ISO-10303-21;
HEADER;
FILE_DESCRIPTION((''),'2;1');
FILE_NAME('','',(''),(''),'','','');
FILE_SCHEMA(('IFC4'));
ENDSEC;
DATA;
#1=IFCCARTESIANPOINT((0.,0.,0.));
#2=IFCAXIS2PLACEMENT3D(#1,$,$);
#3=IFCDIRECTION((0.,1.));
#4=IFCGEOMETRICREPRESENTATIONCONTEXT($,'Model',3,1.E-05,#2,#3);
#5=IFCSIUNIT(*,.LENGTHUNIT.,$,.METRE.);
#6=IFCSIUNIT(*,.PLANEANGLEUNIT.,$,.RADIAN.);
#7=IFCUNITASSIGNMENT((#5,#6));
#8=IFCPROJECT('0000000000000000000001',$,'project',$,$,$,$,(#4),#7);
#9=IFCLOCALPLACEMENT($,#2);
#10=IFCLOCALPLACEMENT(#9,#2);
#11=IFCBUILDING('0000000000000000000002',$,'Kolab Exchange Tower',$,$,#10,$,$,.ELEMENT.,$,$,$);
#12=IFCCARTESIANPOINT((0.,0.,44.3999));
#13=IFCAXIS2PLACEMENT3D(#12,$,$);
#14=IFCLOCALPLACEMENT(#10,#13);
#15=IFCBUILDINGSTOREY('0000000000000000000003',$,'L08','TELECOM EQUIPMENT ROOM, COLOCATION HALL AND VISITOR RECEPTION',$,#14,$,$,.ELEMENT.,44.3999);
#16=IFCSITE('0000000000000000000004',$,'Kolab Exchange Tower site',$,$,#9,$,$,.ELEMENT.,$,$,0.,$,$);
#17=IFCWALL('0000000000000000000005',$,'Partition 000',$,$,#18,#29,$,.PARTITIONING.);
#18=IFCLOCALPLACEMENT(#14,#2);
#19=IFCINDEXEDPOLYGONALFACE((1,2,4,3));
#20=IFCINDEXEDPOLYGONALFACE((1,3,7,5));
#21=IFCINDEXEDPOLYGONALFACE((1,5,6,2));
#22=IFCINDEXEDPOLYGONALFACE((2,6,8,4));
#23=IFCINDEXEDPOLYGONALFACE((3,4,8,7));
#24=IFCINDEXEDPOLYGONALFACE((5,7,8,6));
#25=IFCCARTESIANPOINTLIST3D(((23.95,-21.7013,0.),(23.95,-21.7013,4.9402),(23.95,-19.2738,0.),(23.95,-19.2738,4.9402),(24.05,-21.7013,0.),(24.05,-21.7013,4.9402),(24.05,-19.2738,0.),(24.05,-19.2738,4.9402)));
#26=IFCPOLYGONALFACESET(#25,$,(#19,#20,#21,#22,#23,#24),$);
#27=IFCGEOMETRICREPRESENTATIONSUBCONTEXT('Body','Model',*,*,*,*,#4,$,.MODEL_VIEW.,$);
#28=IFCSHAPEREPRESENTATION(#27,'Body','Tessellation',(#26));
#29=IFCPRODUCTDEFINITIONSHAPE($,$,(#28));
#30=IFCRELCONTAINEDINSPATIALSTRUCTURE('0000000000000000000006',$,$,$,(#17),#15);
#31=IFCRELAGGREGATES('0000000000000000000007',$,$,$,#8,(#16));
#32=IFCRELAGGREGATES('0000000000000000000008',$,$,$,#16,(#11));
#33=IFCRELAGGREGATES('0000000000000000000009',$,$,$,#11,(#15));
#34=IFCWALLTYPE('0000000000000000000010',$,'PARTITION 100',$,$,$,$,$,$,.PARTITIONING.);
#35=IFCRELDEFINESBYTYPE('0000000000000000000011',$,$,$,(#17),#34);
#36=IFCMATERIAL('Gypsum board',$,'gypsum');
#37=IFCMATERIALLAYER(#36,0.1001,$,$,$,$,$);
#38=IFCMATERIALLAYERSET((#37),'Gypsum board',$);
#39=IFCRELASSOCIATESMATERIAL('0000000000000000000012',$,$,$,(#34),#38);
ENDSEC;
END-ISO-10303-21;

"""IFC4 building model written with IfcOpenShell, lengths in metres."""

from ifc_helpers import new_model, si_unit, direction, frame, frame_2d, origin, place, context, subcontext, project, spatial, rectangle, extrude, material, layer, layer_set, type_object, element, save


model = new_model("IFC4")

# Units and contexts
model_context = context("Model", 3, precision=1e-05, world=origin(), true_north=direction((0.0, 1.0)))
body_context = subcontext(model_context, "Body", "Model", "MODEL_VIEW")
ifc_project = project(units=[si_unit("LENGTHUNIT", "METRE"), si_unit("PLANEANGLEUNIT", "RADIAN")], contexts=[model_context])

# Site, building, storey
site_placement = place(None, origin())
site = spatial("IfcSite", under=ifc_project, at=site_placement, Name="Kolab Exchange Tower site", CompositionType="ELEMENT", RefElevation=0.0)
building_placement = place(site_placement, origin())
building = spatial("IfcBuilding", under=site, at=building_placement, Name="Kolab Exchange Tower", CompositionType="ELEMENT")
storey_placement = place(building_placement, frame((0.0, 0.0, 44.3999)))
storey = spatial("IfcBuildingStorey", under=building, at=storey_placement, Name="L08", Description="TELECOM EQUIPMENT ROOM, COLOCATION HALL AND VISITOR RECEPTION", CompositionType="ELEMENT", Elevation=44.3999)

# Wall
ifc_material_1 = material(Name="Gypsum board", Category="gypsum")
ifc_layer_1 = layer(ifc_material_1, 0.1001)
ifc_layer_set_1 = layer_set([ifc_layer_1], Name="Gypsum board")
wall_type = type_object("IfcWallType", Name="PARTITION 100", PredefinedType="PARTITIONING", material=ifc_layer_set_1)
wall_1_placement = place(storey_placement, frame((24.0, -21.7014, 0.0), z_axis=(0.0, 0.0, 1.0), x_axis=(0.0, 1.0, 0.0)))
element("IfcWall", 1, at=wall_1_placement, inside=storey, type_object=wall_type, Name="Partition 000", PredefinedType="PARTITIONING", context=body_context, shape_type="SweptSolid", body=[
    extrude(rectangle(XDim=2.4275, YDim=0.1001, at=frame_2d((1.2139, 0.0))), origin(), (0.0, 0.0, 1.0), 4.9402),
])

save(model, "model.ifc")
